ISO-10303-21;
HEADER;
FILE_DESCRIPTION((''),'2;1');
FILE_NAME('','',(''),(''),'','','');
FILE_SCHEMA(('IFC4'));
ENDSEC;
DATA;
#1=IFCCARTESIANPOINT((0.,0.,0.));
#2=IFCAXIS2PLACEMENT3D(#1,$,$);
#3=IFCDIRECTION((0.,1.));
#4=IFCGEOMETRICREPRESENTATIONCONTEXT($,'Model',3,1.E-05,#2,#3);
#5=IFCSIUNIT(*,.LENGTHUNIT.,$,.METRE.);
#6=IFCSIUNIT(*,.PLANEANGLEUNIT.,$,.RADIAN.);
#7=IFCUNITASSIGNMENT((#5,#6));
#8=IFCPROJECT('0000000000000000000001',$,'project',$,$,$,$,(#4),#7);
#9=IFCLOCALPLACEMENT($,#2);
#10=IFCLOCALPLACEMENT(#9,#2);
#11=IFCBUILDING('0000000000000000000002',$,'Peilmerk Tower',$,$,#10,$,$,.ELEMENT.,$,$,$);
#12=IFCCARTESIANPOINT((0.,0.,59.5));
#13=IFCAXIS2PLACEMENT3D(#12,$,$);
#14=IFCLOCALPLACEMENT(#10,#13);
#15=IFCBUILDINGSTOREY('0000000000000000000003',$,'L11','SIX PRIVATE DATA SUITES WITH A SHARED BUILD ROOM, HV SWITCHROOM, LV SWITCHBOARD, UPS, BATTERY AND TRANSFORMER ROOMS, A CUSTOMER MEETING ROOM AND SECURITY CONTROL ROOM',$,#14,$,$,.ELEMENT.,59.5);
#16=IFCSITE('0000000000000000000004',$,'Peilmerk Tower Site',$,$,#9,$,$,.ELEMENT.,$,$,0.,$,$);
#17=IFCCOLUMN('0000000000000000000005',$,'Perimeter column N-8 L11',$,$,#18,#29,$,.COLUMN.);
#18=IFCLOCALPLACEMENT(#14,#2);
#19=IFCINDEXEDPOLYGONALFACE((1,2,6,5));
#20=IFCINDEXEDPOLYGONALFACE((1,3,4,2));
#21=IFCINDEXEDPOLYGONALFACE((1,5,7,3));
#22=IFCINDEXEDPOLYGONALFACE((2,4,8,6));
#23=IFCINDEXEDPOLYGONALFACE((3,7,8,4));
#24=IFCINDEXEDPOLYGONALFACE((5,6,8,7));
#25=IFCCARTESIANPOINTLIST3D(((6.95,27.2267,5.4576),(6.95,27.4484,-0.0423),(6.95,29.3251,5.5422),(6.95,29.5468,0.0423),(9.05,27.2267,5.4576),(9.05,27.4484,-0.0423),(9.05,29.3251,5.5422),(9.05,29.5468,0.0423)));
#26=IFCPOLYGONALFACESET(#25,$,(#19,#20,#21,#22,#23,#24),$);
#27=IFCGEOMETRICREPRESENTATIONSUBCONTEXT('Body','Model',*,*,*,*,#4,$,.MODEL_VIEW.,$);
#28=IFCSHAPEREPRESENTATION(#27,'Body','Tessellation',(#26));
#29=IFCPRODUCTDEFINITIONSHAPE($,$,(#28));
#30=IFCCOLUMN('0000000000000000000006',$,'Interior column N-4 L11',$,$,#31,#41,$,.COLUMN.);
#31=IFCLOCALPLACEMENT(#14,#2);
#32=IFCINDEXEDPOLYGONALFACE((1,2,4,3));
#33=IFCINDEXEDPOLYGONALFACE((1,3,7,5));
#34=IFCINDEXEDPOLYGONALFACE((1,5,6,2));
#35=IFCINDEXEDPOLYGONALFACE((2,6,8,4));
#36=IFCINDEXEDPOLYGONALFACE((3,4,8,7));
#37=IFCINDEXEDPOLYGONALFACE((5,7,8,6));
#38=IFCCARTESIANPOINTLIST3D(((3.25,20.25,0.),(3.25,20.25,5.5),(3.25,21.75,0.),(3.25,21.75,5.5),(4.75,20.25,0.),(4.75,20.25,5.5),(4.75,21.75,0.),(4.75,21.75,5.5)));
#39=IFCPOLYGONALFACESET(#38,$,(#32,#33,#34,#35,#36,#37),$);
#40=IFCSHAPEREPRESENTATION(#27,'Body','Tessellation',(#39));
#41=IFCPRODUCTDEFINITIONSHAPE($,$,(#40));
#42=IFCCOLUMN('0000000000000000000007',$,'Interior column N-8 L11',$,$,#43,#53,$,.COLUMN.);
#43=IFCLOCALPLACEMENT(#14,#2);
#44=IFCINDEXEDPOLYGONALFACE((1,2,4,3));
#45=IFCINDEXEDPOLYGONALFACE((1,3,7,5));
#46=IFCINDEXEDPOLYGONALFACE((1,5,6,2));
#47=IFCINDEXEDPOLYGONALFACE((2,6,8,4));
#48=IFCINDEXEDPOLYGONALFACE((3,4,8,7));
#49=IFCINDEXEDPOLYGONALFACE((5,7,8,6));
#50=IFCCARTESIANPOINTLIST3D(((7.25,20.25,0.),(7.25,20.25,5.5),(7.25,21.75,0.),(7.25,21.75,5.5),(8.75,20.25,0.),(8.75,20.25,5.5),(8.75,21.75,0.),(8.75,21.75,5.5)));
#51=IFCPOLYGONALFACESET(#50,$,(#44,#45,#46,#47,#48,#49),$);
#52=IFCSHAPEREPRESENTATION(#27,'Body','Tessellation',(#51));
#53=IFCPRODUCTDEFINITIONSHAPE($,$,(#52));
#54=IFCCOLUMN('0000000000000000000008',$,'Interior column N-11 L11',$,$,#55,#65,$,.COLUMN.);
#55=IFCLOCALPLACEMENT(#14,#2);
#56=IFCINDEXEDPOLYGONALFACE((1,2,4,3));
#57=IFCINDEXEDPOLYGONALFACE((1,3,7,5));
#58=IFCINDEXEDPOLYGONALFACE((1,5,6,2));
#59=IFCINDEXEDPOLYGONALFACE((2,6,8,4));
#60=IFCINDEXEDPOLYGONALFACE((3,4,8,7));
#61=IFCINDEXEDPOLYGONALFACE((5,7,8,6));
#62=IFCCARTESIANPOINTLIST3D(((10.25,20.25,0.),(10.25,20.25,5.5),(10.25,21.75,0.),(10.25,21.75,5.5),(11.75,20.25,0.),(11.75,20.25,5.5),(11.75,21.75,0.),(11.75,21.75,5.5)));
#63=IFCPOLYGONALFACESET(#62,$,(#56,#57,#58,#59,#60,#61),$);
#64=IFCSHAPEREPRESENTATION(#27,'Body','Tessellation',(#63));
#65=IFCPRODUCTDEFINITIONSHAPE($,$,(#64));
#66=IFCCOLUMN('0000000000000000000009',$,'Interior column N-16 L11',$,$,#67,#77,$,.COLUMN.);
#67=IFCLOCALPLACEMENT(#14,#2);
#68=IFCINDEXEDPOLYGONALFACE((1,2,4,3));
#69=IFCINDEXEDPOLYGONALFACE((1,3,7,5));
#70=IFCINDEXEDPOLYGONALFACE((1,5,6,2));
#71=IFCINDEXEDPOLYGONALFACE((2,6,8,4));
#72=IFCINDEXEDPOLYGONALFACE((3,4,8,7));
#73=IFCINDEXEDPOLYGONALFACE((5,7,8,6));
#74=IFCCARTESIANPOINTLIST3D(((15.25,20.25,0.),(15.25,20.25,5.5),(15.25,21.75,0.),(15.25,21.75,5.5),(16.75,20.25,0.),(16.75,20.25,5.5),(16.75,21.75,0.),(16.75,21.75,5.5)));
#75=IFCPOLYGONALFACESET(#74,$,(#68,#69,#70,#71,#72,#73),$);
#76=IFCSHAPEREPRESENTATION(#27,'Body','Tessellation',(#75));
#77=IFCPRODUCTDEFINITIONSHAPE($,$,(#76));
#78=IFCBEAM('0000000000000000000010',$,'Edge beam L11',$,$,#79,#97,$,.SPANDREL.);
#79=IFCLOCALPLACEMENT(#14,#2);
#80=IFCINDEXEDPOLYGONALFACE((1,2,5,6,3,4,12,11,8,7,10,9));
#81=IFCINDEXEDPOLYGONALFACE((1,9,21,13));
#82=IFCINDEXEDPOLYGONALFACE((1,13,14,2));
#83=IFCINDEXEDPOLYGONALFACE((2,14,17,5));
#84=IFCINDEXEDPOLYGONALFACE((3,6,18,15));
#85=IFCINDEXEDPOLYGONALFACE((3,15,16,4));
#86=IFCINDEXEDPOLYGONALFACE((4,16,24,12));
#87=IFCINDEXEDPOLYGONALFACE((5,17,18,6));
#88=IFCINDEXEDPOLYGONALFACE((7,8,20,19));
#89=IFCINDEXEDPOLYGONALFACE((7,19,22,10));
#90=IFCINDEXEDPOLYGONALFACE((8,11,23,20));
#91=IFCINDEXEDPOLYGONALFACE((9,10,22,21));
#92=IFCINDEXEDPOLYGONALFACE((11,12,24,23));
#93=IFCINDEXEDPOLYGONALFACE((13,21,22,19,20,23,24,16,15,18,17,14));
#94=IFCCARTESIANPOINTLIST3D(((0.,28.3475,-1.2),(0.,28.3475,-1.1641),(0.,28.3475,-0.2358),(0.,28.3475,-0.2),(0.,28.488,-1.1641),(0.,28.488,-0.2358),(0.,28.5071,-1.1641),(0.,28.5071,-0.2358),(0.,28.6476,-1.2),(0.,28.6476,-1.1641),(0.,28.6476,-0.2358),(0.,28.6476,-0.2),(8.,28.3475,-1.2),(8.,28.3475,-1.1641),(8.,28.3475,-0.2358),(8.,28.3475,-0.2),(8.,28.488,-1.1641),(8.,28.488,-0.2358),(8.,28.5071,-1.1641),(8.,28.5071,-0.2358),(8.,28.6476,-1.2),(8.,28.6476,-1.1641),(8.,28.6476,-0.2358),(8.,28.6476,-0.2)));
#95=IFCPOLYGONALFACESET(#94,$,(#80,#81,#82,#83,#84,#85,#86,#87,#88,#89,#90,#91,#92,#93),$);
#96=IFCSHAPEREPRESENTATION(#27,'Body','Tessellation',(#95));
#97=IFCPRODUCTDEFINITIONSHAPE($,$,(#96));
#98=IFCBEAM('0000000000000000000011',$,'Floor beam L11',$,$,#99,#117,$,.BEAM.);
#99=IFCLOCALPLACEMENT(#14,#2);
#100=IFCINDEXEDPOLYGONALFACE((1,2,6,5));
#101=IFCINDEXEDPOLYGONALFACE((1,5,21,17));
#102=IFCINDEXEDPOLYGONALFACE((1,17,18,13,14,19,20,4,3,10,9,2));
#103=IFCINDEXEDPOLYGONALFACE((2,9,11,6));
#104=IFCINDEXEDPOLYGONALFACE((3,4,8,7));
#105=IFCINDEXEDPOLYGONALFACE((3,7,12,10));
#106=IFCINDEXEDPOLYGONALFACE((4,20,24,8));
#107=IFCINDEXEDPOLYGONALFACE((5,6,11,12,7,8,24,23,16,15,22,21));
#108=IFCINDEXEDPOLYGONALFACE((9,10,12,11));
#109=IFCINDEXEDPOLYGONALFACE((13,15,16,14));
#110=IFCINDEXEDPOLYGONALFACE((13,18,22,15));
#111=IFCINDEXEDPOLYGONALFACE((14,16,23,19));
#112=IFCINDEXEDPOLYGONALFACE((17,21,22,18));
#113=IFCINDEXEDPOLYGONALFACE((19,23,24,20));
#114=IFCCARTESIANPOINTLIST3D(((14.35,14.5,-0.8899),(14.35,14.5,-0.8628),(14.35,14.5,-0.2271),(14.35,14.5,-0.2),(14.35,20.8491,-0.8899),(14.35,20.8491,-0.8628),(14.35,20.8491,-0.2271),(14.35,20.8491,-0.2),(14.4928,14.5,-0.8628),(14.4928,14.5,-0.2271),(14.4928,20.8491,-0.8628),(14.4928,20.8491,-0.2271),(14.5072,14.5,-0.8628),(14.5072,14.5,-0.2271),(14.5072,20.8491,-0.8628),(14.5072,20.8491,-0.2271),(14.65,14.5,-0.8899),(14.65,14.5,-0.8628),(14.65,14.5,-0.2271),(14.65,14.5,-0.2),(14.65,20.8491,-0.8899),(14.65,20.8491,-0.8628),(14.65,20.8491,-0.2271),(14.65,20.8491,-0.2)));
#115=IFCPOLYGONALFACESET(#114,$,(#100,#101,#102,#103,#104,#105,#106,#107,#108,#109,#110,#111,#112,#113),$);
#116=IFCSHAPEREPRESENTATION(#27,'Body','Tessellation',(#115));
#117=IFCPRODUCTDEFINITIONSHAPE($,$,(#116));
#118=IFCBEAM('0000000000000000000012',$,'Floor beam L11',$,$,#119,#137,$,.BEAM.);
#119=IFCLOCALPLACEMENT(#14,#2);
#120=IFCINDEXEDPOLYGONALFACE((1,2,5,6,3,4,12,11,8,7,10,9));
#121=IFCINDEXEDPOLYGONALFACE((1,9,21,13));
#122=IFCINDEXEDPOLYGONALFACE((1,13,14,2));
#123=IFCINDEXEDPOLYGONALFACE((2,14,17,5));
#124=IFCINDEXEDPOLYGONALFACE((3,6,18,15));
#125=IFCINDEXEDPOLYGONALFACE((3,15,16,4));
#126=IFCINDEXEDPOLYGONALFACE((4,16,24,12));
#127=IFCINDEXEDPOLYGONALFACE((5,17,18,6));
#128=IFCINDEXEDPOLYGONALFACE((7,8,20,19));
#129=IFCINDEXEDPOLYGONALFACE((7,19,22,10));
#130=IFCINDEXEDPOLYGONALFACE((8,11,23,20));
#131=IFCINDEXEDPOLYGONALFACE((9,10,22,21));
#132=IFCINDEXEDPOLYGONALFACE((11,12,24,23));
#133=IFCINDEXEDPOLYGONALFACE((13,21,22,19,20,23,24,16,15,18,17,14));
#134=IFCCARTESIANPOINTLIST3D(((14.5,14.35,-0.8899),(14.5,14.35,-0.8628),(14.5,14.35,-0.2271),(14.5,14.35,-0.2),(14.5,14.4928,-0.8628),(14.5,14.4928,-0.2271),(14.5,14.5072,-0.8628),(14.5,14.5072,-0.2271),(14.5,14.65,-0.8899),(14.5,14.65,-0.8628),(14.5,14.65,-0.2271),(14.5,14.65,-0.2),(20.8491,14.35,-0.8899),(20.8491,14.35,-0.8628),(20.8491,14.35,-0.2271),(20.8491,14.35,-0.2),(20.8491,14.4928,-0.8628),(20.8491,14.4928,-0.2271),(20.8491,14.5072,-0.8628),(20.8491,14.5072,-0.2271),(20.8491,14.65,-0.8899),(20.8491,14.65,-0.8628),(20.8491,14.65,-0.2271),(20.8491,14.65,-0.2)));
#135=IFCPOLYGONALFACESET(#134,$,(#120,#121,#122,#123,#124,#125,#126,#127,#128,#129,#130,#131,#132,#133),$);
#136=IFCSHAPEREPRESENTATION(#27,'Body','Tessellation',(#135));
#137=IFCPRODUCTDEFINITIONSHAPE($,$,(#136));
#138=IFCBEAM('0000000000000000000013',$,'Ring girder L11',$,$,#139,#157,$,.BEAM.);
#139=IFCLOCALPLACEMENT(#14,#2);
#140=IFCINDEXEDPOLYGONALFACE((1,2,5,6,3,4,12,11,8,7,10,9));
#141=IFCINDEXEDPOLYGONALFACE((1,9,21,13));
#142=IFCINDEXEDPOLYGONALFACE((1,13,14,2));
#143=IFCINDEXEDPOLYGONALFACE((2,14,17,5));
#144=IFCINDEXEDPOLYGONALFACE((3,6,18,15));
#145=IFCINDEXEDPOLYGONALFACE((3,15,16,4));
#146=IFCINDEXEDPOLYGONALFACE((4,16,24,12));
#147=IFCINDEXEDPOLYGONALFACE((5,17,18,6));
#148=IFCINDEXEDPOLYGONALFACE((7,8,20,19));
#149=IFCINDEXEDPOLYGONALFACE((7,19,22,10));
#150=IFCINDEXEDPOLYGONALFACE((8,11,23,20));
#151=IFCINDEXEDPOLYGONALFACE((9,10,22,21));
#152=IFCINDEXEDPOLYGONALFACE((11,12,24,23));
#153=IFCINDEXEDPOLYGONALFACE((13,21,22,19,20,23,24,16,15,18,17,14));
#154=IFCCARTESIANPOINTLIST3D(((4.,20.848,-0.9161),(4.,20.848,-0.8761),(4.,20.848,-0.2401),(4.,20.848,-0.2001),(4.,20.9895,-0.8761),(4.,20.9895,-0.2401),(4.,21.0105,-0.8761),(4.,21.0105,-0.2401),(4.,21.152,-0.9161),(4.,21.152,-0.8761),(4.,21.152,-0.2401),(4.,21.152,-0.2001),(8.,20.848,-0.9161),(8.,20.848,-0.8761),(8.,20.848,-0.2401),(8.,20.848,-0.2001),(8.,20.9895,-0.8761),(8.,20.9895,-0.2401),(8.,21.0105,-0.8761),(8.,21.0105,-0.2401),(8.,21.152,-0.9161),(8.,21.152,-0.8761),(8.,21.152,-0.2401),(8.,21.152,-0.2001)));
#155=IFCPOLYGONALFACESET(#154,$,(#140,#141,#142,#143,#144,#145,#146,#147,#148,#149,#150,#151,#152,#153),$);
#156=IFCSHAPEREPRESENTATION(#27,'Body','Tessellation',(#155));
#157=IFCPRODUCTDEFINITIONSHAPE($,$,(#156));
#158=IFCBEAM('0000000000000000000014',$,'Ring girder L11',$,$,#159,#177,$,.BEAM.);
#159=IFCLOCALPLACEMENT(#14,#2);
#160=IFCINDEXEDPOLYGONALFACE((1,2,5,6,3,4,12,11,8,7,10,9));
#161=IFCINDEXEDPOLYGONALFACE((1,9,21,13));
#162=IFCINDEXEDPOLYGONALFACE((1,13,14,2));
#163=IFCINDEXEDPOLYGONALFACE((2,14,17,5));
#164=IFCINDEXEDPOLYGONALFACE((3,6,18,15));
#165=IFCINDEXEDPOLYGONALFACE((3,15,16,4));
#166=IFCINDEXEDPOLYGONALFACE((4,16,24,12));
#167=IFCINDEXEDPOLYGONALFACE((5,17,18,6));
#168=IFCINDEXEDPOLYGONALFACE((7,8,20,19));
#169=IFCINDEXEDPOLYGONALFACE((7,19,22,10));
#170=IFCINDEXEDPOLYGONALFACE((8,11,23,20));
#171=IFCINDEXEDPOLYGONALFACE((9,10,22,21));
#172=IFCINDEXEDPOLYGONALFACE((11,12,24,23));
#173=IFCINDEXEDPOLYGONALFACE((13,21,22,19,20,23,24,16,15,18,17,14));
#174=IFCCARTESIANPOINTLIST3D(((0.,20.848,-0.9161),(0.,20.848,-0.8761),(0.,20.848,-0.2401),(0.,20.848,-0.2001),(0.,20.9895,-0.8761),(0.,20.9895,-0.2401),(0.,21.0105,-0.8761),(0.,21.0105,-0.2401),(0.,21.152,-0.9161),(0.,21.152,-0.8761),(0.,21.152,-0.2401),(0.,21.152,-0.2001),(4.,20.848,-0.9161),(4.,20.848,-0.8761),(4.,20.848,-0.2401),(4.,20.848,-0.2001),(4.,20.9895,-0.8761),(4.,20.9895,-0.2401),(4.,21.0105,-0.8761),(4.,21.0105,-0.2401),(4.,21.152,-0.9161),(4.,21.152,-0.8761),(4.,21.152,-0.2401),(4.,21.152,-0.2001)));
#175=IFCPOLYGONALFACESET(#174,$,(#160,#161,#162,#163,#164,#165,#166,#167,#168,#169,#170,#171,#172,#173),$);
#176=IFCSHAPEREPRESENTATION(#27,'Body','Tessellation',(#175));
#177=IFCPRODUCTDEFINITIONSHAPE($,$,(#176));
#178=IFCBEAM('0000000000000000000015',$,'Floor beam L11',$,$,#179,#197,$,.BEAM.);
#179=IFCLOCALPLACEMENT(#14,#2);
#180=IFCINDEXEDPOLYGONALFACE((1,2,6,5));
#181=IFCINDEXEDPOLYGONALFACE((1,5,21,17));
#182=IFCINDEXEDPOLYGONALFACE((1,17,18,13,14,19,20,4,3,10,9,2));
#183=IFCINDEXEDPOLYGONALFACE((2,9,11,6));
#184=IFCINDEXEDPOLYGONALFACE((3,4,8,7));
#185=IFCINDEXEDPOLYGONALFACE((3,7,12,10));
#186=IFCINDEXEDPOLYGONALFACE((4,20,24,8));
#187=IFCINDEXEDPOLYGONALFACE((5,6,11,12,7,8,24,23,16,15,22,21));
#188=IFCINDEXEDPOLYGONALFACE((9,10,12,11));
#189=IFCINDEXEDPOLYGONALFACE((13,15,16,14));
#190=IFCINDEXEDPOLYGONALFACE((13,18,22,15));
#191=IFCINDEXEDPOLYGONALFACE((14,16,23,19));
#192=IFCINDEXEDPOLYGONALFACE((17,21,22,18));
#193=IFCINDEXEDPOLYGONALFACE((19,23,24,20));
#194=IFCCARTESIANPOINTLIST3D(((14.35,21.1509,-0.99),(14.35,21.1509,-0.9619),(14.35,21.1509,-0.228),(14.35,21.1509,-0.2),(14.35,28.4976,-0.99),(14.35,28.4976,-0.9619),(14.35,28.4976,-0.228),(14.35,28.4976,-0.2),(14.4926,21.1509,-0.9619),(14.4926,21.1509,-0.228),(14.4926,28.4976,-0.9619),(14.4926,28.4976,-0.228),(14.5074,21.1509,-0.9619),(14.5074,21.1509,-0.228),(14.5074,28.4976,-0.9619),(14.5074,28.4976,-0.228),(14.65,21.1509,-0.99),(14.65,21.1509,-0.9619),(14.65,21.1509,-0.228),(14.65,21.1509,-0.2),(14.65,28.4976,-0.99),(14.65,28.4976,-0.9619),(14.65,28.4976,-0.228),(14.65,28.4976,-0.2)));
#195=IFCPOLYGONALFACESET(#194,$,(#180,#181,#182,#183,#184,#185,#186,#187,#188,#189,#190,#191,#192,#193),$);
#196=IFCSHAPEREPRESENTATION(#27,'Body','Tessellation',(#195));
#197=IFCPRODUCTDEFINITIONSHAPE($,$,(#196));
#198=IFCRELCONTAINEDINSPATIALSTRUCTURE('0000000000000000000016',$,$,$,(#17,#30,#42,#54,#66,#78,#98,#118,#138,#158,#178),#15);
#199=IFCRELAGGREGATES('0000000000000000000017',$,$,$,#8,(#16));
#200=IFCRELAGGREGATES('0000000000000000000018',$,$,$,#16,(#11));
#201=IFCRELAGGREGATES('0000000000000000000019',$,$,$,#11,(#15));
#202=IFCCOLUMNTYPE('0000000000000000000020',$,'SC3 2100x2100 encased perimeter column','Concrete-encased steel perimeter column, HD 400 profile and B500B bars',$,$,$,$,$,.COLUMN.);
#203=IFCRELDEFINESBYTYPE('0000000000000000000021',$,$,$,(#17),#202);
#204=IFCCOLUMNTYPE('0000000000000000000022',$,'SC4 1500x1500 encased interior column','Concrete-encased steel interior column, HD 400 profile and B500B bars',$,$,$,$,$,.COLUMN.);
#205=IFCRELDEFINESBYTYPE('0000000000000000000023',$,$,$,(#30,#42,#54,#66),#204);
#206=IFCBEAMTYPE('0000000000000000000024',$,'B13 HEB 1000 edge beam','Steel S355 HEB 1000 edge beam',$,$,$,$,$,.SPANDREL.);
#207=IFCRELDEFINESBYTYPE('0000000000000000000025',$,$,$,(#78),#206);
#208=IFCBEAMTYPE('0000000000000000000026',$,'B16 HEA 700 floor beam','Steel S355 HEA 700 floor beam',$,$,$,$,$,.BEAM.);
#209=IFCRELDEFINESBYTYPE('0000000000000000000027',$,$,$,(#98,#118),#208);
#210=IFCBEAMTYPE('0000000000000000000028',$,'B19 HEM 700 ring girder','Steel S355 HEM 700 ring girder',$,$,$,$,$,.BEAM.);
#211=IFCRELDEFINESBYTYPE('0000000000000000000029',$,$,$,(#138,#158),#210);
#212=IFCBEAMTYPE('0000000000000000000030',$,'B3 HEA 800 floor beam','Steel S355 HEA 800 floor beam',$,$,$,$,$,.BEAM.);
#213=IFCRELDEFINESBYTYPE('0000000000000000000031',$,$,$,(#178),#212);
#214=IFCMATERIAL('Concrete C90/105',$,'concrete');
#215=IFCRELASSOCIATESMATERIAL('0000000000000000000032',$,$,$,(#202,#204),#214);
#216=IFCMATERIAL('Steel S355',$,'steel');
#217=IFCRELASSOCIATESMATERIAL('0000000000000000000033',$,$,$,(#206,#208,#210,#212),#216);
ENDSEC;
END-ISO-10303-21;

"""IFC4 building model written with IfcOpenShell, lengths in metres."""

from ifc_helpers import new_model, si_unit, direction, frame, origin, origin_2d, place, context, subcontext, project, spatial, rectangle, i_section, extrude, material, material_profile, profile_set, type_object, element, save


model = new_model("IFC4")

# Units and contexts
model_context = context("Model", 3, precision=1e-05, world=origin(), true_north=direction((0.0, 1.0)))
body_context = subcontext(model_context, "Body", "Model", "MODEL_VIEW")
ifc_project = project(units=[si_unit("LENGTHUNIT", "METRE"), si_unit("PLANEANGLEUNIT", "RADIAN")], contexts=[model_context])

# Site, building, storey
site_placement = place(None, origin())
site = spatial("IfcSite", under=ifc_project, at=site_placement, Name="Peilmerk Tower Site", CompositionType="ELEMENT", RefElevation=0.0)
building_placement = place(site_placement, origin())
building = spatial("IfcBuilding", under=site, at=building_placement, Name="Peilmerk Tower", CompositionType="ELEMENT")
storey_placement = place(building_placement, frame((0.0, 0.0, 59.5)))
storey = spatial("IfcBuildingStorey", under=building, at=storey_placement, Name="L11", Description="SIX PRIVATE DATA SUITES WITH A SHARED BUILD ROOM, HV SWITCHROOM, LV SWITCHBOARD, UPS, BATTERY AND TRANSFORMER ROOMS, A CUSTOMER MEETING ROOM AND SECURITY CONTROL ROOM", CompositionType="ELEMENT", Elevation=59.5)

# Columns
ifc_material_1 = material(Name="Concrete C90/105", Category="concrete")
ifc_material_profile_1 = material_profile(ifc_material_1, rectangle(XDim=2.1001, YDim=2.1001, at=origin_2d()), Name="RC 2100x2100")
ifc_profile_set_1 = profile_set([ifc_material_profile_1], Name="Concrete C90/105")
column_type_1 = type_object("IfcColumnType", Name="SC3 2100x2100 encased perimeter column", Description="Concrete-encased steel perimeter column, HD 400 profile and B500B bars", PredefinedType="COLUMN", material=ifc_profile_set_1)
column_placement = place(storey_placement, frame((8.0, 28.4976, 0.0), z_axis=(0.0, -0.040273, 0.999189), x_axis=(1.0, 0.0, 0.0)))
element("IfcColumn", 1, at=column_placement, inside=storey, type_object=column_type_1, Name="Perimeter column N-8 L11", PredefinedType="COLUMN", context=body_context, shape_type="SweptSolid", body=[
    extrude(rectangle(XDim=2.1001, YDim=2.1001, at=origin_2d()), origin(), (0.0, 0.0, 1.0), 5.5044),
])
ifc_material_profile_2 = material_profile(ifc_material_1, rectangle(XDim=1.5, YDim=1.5, at=origin_2d()), Name="RC 1500x1500")
ifc_profile_set_2 = profile_set([ifc_material_profile_2], Name="Concrete C90/105")
column_type_2 = type_object("IfcColumnType", Name="SC4 1500x1500 encased interior column", Description="Concrete-encased steel interior column, HD 400 profile and B500B bars", PredefinedType="COLUMN", material=ifc_profile_set_2)
for number, where, z_axis, x_axis, name in (
    (2, (4.0, 21.0, 0.0), (0.0, 0.0, 1.0), (1.0, 0.0, 0.0), "Interior column N-4 L11"),
    (3, (8.0, 21.0, 0.0), (0.0, 0.0, 1.0), (1.0, 0.0, 0.0), "Interior column N-8 L11"),
    (4, (11.0, 21.0, 0.0), (0.0, 0.0, 1.0), (1.0, 0.0, 0.0), "Interior column N-11 L11"),
    (5, (16.0, 21.0, 0.0), (0.0, 0.0, 1.0), (1.0, 0.0, 0.0), "Interior column N-16 L11"),
):
    element("IfcColumn", number, at=place(storey_placement, frame(where, z_axis=z_axis, x_axis=x_axis)), inside=storey, type_object=column_type_2, Name=name, PredefinedType="COLUMN", context=body_context, shape_type="SweptSolid", body=[
        extrude(rectangle(XDim=1.5, YDim=1.5, at=origin_2d()), origin(), (0.0, 0.0, 1.0), 5.5),
    ])

# Beams
ifc_material_2 = material(Name="Steel S355", Category="steel")
ifc_material_profile_3 = material_profile(ifc_material_2, i_section(OverallWidth=0.3, OverallDepth=1.0, WebThickness=0.019, FlangeThickness=0.0359, at=origin_2d()), Name="HEB 1000")
ifc_profile_set_3 = profile_set([ifc_material_profile_3], Name="Steel S355")
beam_type_1 = type_object("IfcBeamType", Name="B13 HEB 1000 edge beam", Description="Steel S355 HEB 1000 edge beam", PredefinedType="SPANDREL", material=ifc_profile_set_3)
beam_1_placement = place(storey_placement, frame((8.0, 28.4976, -0.7), z_axis=(-1.0, 0.0, 0.0), x_axis=(0.0, -1.0, 0.0)))
element("IfcBeam", 6, at=beam_1_placement, inside=storey, type_object=beam_type_1, Name="Edge beam L11", PredefinedType="SPANDREL", context=body_context, shape_type="SweptSolid", body=[
    extrude(i_section(OverallWidth=0.3, OverallDepth=1.0, WebThickness=0.019, FlangeThickness=0.0359, at=origin_2d()), origin(), (0.0, 0.0, 1.0), 8.0),
])
ifc_material_profile_4 = material_profile(ifc_material_2, i_section(OverallWidth=0.3, OverallDepth=0.6899, WebThickness=0.0144, FlangeThickness=0.0271, at=origin_2d()), Name="HEA 700")
ifc_profile_set_4 = profile_set([ifc_material_profile_4], Name="Steel S355")
beam_type_2 = type_object("IfcBeamType", Name="B16 HEA 700 floor beam", Description="Steel S355 HEA 700 floor beam", PredefinedType="BEAM", material=ifc_profile_set_4)
for number, where, z_axis, x_axis, name in (
    (7, (14.5, 14.5, -0.5449), (0.0, 1.0, 0.0), (-1.0, 0.0, 0.0), "Floor beam L11"),
    (8, (14.5, 14.5, -0.5449), (1.0, 0.0, 0.0), (0.0, 1.0, 0.0), "Floor beam L11"),
):
    element("IfcBeam", number, at=place(storey_placement, frame(where, z_axis=z_axis, x_axis=x_axis)), inside=storey, type_object=beam_type_2, Name=name, PredefinedType="BEAM", context=body_context, shape_type="SweptSolid", body=[
        extrude(i_section(OverallWidth=0.3, OverallDepth=0.6899, WebThickness=0.0144, FlangeThickness=0.0271, at=origin_2d()), origin(), (0.0, 0.0, 1.0), 6.3491),
    ])
ifc_material_profile_5 = material_profile(ifc_material_2, i_section(OverallWidth=0.304, OverallDepth=0.7161, WebThickness=0.021, FlangeThickness=0.04, at=origin_2d()), Name="HEM 700")
ifc_profile_set_5 = profile_set([ifc_material_profile_5], Name="Steel S355")
beam_type_3 = type_object("IfcBeamType", Name="B19 HEM 700 ring girder", Description="Steel S355 HEM 700 ring girder", PredefinedType="BEAM", material=ifc_profile_set_5)
for number, where, z_axis, x_axis, name in (
    (9, (8.0, 21.0, -0.5581), (-1.0, 0.0, 0.0), (0.0, -1.0, 0.0), "Ring girder L11"),
    (10, (4.0, 21.0, -0.5581), (-1.0, 0.0, 0.0), (0.0, -1.0, 0.0), "Ring girder L11"),
):
    element("IfcBeam", number, at=place(storey_placement, frame(where, z_axis=z_axis, x_axis=x_axis)), inside=storey, type_object=beam_type_3, Name=name, PredefinedType="BEAM", context=body_context, shape_type="SweptSolid", body=[
        extrude(i_section(OverallWidth=0.304, OverallDepth=0.7161, WebThickness=0.021, FlangeThickness=0.04, at=origin_2d()), origin(), (0.0, 0.0, 1.0), 4.0),
    ])
ifc_material_profile_6 = material_profile(ifc_material_2, i_section(OverallWidth=0.3, OverallDepth=0.79, WebThickness=0.0149, FlangeThickness=0.0281, at=origin_2d()), Name="HEA 800")
ifc_profile_set_6 = profile_set([ifc_material_profile_6], Name="Steel S355")
beam_type_4 = type_object("IfcBeamType", Name="B3 HEA 800 floor beam", Description="Steel S355 HEA 800 floor beam", PredefinedType="BEAM", material=ifc_profile_set_6)
beam_2_placement = place(storey_placement, frame((14.5, 21.1509, -0.595), z_axis=(0.0, 1.0, 0.0), x_axis=(-1.0, 0.0, 0.0)))
element("IfcBeam", 11, at=beam_2_placement, inside=storey, type_object=beam_type_4, Name="Floor beam L11", PredefinedType="BEAM", context=body_context, shape_type="SweptSolid", body=[
    extrude(i_section(OverallWidth=0.3, OverallDepth=0.79, WebThickness=0.0149, FlangeThickness=0.0281, at=origin_2d()), origin(), (0.0, 0.0, 1.0), 7.3467),
])

save(model, "model.ifc")
